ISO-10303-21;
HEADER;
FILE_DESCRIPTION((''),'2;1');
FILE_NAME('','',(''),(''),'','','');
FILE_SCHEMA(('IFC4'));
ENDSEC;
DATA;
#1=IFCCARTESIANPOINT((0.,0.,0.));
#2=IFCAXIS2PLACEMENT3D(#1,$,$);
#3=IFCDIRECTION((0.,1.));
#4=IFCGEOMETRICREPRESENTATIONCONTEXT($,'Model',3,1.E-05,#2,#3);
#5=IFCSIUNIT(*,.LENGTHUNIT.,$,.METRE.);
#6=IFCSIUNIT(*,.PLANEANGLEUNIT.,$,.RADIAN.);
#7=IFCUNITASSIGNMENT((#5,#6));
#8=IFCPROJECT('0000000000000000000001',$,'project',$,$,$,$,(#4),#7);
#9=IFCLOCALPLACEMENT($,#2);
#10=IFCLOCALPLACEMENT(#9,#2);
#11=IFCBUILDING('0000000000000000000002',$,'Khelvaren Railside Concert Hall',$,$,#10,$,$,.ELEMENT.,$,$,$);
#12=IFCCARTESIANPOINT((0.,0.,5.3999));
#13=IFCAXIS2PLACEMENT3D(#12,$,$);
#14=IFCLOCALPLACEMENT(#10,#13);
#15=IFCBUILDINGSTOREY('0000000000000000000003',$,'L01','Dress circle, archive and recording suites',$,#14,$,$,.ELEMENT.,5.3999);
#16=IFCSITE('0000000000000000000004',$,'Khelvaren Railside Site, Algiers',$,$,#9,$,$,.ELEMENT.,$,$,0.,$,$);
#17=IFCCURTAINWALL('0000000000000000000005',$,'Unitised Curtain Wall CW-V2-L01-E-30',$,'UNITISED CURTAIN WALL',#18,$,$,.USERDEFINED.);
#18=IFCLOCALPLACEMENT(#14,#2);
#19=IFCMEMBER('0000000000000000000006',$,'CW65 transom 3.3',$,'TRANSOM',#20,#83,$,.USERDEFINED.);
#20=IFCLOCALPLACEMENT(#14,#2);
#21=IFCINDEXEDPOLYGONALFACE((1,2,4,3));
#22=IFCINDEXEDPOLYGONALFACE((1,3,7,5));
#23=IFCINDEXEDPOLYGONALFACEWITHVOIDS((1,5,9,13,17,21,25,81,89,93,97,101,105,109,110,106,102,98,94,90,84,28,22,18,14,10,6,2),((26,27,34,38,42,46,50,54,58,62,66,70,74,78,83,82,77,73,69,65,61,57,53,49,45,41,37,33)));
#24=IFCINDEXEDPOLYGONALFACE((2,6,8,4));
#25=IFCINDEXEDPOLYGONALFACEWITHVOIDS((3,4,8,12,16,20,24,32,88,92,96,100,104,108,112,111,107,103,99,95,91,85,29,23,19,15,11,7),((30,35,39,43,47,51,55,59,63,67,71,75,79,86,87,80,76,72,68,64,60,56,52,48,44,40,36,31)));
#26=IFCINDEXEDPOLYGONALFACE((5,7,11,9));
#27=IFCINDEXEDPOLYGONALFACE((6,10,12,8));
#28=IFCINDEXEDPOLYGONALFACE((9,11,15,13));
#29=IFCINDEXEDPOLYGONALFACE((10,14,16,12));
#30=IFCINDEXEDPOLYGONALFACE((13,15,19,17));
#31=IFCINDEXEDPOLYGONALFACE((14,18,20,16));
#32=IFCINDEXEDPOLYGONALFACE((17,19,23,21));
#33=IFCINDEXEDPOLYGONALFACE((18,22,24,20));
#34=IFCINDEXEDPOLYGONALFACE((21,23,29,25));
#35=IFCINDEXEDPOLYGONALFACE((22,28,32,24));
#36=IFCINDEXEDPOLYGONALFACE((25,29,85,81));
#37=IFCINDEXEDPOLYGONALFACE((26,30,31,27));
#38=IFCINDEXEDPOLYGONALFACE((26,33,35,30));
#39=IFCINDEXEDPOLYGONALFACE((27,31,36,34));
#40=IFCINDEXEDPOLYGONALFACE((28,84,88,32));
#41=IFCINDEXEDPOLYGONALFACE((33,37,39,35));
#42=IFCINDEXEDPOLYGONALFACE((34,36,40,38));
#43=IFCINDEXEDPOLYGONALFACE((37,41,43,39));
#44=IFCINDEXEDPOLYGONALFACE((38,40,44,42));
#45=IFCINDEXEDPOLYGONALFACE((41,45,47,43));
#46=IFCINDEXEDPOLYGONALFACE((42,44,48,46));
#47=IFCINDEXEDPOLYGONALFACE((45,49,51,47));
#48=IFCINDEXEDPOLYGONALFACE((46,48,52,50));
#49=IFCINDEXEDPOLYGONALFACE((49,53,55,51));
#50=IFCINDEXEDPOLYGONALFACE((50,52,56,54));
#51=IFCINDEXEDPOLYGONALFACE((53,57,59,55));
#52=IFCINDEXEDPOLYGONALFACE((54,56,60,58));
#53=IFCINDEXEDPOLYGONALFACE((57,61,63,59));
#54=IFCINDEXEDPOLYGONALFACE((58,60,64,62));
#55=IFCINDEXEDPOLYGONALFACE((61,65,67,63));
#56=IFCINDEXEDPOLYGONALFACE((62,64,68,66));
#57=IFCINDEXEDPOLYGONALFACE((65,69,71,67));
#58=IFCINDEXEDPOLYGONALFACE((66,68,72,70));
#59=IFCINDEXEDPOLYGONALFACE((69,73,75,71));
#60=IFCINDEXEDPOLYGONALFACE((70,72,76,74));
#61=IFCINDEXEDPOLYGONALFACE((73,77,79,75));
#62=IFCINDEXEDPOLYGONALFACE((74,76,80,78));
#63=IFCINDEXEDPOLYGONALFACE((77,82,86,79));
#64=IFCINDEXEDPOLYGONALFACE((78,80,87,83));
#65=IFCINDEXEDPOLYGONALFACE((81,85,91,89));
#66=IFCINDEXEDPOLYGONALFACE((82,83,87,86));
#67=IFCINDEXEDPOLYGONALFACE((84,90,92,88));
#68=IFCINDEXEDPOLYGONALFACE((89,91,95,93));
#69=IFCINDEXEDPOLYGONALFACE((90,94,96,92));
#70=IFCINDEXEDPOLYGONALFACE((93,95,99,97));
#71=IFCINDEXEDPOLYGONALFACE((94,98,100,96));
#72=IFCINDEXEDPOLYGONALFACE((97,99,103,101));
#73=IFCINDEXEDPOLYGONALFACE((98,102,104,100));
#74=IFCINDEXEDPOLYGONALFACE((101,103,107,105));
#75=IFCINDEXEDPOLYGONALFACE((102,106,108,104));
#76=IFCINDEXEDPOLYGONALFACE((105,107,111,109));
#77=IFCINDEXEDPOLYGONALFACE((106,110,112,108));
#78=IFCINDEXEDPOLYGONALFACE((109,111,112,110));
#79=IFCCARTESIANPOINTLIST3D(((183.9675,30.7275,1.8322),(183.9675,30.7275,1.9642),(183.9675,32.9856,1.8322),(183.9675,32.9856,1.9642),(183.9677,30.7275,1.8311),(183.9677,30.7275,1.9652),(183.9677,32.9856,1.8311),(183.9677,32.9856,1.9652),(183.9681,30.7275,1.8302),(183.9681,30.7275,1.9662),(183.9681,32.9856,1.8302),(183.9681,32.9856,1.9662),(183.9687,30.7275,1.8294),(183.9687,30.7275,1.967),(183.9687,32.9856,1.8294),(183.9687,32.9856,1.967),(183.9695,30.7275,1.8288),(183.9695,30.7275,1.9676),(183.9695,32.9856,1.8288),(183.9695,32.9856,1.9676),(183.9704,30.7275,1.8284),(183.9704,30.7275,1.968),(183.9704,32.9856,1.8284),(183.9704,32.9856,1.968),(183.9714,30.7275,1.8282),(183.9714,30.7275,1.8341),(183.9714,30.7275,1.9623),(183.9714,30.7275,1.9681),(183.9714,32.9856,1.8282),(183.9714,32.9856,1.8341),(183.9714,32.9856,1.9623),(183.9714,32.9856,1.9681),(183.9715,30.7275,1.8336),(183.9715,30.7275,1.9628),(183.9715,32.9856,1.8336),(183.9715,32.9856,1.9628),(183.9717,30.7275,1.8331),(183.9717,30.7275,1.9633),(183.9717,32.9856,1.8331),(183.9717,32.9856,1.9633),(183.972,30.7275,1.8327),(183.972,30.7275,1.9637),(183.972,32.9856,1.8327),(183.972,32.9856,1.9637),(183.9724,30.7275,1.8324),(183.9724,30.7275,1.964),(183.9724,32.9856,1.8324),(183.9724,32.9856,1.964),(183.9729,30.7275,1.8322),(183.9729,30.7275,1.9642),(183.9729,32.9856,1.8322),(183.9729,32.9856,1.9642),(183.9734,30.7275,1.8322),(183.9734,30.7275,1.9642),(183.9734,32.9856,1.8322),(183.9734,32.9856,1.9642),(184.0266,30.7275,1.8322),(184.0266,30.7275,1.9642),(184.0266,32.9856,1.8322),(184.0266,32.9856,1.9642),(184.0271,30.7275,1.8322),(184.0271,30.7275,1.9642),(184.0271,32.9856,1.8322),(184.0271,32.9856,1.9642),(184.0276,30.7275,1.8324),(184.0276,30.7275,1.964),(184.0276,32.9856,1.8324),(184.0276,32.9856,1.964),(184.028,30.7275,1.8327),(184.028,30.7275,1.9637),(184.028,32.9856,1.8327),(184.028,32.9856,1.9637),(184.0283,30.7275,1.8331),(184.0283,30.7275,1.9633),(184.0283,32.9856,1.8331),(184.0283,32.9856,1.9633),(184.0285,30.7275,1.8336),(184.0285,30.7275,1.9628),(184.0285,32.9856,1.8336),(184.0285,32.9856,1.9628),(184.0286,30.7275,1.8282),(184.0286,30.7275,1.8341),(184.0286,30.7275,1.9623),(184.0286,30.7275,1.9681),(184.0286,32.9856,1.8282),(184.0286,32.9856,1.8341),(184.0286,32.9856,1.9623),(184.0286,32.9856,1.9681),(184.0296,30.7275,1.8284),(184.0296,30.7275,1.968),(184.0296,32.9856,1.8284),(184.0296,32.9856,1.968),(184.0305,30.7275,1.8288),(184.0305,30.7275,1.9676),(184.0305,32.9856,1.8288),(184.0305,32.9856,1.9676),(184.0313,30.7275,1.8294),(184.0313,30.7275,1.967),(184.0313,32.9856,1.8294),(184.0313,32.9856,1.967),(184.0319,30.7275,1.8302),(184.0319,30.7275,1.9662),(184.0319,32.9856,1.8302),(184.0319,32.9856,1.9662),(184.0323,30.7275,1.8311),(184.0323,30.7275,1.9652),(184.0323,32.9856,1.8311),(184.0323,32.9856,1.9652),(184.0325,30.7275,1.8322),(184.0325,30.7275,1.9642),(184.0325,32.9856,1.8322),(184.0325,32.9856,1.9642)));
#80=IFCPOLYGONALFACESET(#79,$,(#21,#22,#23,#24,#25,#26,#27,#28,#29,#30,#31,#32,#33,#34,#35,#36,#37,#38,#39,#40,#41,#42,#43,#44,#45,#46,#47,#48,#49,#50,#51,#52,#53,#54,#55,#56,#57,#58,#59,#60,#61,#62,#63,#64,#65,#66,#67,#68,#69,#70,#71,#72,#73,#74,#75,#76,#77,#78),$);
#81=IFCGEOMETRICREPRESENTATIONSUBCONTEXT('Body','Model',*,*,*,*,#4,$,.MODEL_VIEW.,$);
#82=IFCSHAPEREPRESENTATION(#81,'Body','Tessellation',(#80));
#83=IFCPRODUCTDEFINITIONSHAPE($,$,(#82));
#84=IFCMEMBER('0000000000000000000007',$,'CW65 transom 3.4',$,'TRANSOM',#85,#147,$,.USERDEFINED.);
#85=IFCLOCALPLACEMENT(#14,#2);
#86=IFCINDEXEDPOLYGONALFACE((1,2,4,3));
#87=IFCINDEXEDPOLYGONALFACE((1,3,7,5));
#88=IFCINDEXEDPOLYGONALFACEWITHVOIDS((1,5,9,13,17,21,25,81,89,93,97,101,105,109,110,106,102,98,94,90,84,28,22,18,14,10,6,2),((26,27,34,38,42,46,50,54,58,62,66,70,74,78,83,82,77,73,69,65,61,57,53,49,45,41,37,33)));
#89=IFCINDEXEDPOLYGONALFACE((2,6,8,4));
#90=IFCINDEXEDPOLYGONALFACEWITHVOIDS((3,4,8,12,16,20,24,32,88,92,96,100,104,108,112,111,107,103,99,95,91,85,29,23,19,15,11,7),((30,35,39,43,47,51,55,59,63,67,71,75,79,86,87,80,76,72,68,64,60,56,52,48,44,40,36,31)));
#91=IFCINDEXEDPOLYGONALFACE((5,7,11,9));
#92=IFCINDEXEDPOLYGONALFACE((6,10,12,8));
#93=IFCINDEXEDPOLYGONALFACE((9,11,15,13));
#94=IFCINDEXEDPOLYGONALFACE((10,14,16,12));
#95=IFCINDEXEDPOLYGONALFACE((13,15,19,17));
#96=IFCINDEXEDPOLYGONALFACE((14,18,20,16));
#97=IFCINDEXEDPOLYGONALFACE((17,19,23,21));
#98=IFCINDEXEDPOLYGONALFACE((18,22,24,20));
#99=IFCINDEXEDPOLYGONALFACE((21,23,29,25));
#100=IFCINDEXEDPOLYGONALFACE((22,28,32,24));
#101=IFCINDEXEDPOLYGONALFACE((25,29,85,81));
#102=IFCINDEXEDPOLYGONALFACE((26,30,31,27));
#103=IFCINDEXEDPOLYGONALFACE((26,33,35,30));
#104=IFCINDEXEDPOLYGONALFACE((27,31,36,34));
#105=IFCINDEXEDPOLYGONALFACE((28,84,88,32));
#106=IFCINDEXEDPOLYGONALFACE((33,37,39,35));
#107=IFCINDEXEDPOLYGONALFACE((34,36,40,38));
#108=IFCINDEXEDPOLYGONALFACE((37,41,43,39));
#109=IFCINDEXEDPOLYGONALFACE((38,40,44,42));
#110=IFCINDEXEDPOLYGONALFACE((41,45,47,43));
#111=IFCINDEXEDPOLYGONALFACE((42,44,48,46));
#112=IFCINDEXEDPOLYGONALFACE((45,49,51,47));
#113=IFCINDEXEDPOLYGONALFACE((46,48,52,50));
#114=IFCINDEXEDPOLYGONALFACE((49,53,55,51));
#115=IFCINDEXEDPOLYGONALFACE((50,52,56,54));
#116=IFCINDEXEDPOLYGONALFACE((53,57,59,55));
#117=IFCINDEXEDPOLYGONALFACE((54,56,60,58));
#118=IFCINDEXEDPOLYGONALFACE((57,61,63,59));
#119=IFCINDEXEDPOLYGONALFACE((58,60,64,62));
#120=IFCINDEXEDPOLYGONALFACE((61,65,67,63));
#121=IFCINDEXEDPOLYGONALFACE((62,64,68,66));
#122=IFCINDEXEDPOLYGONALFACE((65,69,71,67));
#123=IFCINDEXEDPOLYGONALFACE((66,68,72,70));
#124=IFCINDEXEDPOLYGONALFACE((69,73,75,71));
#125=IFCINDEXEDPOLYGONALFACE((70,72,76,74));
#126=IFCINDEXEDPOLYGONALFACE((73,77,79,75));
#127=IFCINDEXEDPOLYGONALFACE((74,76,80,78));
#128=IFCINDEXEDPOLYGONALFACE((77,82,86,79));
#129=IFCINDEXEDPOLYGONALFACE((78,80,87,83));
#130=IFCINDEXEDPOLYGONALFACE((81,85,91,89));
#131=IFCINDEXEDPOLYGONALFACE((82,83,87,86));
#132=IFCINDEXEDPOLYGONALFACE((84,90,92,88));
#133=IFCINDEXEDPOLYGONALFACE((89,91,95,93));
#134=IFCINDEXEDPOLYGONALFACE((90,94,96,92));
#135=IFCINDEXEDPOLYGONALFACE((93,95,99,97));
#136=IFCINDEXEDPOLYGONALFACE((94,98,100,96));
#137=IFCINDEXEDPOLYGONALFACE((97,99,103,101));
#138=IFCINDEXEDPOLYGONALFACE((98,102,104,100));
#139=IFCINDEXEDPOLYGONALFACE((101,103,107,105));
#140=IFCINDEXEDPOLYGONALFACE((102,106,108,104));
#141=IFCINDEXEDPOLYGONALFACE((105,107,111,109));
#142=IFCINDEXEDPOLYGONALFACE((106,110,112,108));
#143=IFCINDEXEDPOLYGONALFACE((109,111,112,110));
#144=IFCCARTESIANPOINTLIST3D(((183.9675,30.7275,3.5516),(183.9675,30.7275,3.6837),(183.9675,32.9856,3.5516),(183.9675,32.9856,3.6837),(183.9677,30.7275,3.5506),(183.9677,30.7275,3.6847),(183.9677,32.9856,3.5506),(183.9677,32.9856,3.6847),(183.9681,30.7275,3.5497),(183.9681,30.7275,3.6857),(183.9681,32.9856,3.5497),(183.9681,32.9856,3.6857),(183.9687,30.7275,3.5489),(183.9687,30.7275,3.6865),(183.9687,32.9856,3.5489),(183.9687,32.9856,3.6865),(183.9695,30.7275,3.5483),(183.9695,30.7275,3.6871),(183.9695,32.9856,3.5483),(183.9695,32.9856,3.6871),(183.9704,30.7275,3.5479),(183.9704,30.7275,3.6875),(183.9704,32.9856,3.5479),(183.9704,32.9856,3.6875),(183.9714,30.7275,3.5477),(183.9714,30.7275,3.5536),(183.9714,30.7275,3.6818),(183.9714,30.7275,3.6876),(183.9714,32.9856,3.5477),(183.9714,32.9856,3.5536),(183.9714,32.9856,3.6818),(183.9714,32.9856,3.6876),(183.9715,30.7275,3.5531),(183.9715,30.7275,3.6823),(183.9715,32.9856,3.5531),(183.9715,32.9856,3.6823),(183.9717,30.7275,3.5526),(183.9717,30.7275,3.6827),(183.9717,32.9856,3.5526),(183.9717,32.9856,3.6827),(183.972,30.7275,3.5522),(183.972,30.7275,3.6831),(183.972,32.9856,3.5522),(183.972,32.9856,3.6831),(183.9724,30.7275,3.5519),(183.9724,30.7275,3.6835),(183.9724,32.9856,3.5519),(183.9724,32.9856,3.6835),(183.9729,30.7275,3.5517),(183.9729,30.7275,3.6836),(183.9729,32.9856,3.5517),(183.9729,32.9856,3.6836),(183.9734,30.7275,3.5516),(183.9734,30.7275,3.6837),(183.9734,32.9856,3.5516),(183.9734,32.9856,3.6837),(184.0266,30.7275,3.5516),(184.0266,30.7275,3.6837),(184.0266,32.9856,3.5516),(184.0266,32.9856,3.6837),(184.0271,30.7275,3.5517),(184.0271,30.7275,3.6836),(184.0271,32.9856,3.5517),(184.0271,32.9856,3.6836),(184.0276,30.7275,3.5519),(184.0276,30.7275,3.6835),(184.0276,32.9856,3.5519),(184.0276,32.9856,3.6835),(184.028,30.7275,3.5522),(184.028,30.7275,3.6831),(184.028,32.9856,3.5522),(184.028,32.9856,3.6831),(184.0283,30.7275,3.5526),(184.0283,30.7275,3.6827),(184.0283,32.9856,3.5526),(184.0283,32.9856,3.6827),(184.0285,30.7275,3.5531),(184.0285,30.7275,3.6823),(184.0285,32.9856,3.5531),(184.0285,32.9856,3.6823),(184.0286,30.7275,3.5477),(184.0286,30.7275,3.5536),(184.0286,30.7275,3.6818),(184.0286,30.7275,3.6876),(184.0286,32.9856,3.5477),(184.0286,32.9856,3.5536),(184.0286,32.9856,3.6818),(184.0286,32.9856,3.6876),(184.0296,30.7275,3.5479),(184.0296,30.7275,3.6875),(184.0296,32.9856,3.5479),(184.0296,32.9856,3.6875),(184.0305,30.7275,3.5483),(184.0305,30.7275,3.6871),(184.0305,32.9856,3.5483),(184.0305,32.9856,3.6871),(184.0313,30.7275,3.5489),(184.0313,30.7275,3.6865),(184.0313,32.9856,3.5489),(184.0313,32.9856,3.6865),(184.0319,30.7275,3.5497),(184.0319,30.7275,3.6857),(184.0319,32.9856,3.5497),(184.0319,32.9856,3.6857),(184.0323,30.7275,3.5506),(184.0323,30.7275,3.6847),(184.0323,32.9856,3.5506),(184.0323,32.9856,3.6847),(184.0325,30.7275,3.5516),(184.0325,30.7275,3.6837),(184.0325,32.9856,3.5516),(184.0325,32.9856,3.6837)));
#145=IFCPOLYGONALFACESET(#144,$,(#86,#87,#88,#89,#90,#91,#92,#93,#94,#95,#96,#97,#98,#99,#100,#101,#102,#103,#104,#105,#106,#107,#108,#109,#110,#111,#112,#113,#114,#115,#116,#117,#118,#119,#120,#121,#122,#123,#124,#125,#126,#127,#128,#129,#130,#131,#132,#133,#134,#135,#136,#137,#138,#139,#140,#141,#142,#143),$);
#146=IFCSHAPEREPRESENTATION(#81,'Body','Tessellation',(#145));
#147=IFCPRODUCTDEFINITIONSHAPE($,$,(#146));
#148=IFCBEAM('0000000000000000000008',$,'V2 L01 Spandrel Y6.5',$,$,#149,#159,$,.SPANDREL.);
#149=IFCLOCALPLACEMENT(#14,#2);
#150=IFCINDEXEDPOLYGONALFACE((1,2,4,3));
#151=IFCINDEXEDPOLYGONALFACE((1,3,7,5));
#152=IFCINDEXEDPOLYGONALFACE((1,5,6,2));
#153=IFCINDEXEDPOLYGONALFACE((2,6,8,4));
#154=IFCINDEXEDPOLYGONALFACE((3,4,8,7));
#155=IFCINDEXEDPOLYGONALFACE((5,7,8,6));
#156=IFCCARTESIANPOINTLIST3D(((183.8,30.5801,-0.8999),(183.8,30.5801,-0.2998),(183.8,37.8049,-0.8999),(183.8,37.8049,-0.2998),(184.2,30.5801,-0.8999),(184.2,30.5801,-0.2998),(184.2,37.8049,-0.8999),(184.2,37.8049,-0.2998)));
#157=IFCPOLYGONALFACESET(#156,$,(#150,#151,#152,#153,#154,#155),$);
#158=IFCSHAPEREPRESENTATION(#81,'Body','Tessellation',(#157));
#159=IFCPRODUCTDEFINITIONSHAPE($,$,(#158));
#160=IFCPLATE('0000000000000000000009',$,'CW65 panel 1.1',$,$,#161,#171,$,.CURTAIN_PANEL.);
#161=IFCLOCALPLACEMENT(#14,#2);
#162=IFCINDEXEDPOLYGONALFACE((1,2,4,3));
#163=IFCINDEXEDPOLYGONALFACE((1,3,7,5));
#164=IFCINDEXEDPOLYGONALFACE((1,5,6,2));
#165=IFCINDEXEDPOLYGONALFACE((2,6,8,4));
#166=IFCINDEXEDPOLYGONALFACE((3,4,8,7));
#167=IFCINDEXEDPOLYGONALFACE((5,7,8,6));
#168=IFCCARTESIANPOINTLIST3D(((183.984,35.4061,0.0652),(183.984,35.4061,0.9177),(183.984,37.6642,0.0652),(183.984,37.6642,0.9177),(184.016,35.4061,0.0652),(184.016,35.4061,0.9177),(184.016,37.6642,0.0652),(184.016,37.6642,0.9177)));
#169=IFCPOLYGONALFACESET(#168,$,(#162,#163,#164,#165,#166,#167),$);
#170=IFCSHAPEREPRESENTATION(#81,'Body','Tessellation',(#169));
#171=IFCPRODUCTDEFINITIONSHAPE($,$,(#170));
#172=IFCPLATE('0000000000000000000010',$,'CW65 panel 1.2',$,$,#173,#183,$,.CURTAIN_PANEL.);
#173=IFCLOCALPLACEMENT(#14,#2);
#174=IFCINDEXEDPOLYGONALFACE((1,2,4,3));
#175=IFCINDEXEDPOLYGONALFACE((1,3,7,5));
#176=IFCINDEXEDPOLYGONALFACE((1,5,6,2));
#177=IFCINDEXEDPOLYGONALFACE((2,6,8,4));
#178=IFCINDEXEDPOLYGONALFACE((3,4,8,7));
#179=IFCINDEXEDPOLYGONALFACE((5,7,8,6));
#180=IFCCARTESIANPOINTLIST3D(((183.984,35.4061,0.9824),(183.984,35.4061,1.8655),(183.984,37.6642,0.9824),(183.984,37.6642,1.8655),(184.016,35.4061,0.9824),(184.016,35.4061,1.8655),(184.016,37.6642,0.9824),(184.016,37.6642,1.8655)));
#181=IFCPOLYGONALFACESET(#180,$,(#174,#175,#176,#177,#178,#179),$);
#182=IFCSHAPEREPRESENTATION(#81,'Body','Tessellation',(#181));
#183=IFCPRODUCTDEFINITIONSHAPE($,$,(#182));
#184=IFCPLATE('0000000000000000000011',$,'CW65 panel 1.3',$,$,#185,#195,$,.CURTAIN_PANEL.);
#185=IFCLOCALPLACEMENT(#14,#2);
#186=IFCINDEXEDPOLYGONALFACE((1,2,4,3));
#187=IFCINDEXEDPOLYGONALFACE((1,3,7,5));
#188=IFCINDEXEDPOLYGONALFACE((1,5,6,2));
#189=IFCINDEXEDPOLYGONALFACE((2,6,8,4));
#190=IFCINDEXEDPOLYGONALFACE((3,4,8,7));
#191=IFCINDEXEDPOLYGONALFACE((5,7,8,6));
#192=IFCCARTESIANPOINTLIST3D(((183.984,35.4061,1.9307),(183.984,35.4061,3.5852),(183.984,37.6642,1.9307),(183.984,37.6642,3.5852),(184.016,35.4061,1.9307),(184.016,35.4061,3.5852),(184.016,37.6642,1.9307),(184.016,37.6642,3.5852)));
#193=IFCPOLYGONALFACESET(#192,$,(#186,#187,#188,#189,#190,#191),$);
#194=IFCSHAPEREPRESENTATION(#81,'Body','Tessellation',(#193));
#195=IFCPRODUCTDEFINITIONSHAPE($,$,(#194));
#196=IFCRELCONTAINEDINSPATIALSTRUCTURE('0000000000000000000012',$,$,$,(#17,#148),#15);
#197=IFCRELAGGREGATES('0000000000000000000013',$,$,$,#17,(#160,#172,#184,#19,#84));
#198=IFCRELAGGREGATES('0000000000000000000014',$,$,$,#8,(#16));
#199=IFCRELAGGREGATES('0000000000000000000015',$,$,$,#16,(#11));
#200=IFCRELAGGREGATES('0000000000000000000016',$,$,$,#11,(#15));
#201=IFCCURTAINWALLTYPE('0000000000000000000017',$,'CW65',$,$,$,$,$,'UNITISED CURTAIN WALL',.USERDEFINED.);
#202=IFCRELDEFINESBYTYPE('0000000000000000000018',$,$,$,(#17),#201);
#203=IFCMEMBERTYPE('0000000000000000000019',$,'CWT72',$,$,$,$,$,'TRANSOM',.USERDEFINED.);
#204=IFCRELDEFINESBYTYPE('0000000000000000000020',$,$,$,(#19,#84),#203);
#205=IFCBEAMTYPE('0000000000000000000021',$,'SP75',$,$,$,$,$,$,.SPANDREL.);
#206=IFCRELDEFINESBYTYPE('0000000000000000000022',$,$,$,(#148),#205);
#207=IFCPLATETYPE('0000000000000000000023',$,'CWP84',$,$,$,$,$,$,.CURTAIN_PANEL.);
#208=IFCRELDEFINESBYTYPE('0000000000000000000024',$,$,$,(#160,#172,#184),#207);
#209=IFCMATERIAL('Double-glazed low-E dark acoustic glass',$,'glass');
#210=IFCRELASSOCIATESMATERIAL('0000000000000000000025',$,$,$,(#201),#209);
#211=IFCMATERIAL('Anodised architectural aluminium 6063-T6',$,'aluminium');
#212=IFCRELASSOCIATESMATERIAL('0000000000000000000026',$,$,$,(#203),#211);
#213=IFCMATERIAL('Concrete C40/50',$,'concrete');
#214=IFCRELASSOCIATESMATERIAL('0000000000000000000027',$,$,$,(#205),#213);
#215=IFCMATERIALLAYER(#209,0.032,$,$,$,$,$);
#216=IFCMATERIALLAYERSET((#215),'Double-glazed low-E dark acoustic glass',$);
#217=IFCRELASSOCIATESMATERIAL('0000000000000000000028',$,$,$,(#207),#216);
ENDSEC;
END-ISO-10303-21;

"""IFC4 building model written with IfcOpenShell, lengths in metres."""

from ifc_helpers import new_model, si_unit, direction, frame, origin, origin_2d, place, context, subcontext, project, spatial, rectangle, hollow_rectangle, extrude, material, layer, layer_set, material_profile, profile_set, type_object, element, aggregate, save


model = new_model("IFC4")

# Units and contexts
model_context = context("Model", 3, precision=1e-05, world=origin(), true_north=direction((0.0, 1.0)))
body_context = subcontext(model_context, "Body", "Model", "MODEL_VIEW")
ifc_project = project(units=[si_unit("LENGTHUNIT", "METRE"), si_unit("PLANEANGLEUNIT", "RADIAN")], contexts=[model_context])

# Site, building, storey
site_placement = place(None, origin())
site = spatial("IfcSite", under=ifc_project, at=site_placement, Name="Khelvaren Railside Site, Algiers", CompositionType="ELEMENT", RefElevation=0.0)
building_placement = place(site_placement, origin())
building = spatial("IfcBuilding", under=site, at=building_placement, Name="Khelvaren Railside Concert Hall", CompositionType="ELEMENT")
storey_placement = place(building_placement, frame((0.0, 0.0, 5.3999)))
storey = spatial("IfcBuildingStorey", under=building, at=storey_placement, Name="L01", Description="Dress circle, archive and recording suites", CompositionType="ELEMENT", Elevation=5.3999)

# Curtain wall, members
ifc_material_1 = material(Name="Double-glazed low-E dark acoustic glass", Category="glass")
curtain_wall_type = type_object("IfcCurtainWallType", Name="CW65", ElementType="UNITISED CURTAIN WALL", PredefinedType="USERDEFINED", material=ifc_material_1)
curtain_wall_placement = place(storey_placement, origin())
curtain_wall = element("IfcCurtainWall", 1, at=curtain_wall_placement, inside=storey, type_object=curtain_wall_type, Name="Unitised Curtain Wall CW-V2-L01-E-30", ObjectType="UNITISED CURTAIN WALL", PredefinedType="USERDEFINED")
ifc_material_2 = material(Name="Anodised architectural aluminium 6063-T6", Category="aluminium")
ifc_material_profile_1 = material_profile(ifc_material_2, hollow_rectangle(XDim=0.0649, YDim=0.1399, WallThickness=0.0039, InnerFilletRadius=0.002, OuterFilletRadius=0.0039, at=origin_2d()), Name="CWT 65x140x4")
ifc_profile_set_1 = profile_set([ifc_material_profile_1], Name="Anodised architectural aluminium 6063-T6")
member_type_1 = type_object("IfcMemberType", Name="CWT72", ElementType="TRANSOM", PredefinedType="USERDEFINED", material=ifc_profile_set_1)
member_1_placement = place(storey_placement, frame((184.0, 32.9856, 1.8982), z_axis=(0.0, -1.0, 0.0), x_axis=(1.0, 0.0, 0.0)))
member_1 = element("IfcMember", 2, at=member_1_placement, type_object=member_type_1, Name="CW65 transom 3.3", ObjectType="TRANSOM", PredefinedType="USERDEFINED", context=body_context, shape_type="SweptSolid", body=[
    extrude(hollow_rectangle(XDim=0.0649, YDim=0.1399, WallThickness=0.0039, InnerFilletRadius=0.002, OuterFilletRadius=0.0039, at=origin_2d()), origin(), (0.0, 0.0, 1.0), 2.2581),
])
member_2_placement = place(storey_placement, frame((184.0, 32.9856, 3.6177), z_axis=(0.0, -1.0, 0.0), x_axis=(1.0, 0.0, 0.0)))
member_2 = element("IfcMember", 3, at=member_2_placement, type_object=member_type_1, Name="CW65 transom 3.4", ObjectType="TRANSOM", PredefinedType="USERDEFINED", context=body_context, shape_type="SweptSolid", body=[
    extrude(hollow_rectangle(XDim=0.0649, YDim=0.1399, WallThickness=0.0039, InnerFilletRadius=0.002, OuterFilletRadius=0.0039, at=origin_2d()), origin(), (0.0, 0.0, 1.0), 2.2581),
])

# Beam
ifc_material_3 = material(Name="Concrete C40/50", Category="concrete")
ifc_material_profile_2 = material_profile(ifc_material_3, rectangle(XDim=0.3999, YDim=0.6001, at=origin_2d()), Name="RCB 400x600")
ifc_profile_set_2 = profile_set([ifc_material_profile_2], Name="Concrete C40/50")
beam_type = type_object("IfcBeamType", Name="SP75", PredefinedType="SPANDREL", material=ifc_profile_set_2)
beam_placement = place(storey_placement, frame((184.0, 30.5801, -0.5999), z_axis=(0.0, 1.0, 0.0), x_axis=(-1.0, 0.0, 0.0)))
element("IfcBeam", 4, at=beam_placement, inside=storey, type_object=beam_type, Name="V2 L01 Spandrel Y6.5", PredefinedType="SPANDREL", context=body_context, shape_type="SweptSolid", body=[
    extrude(rectangle(XDim=0.3999, YDim=0.6001, at=origin_2d()), origin(), (0.0, 0.0, 1.0), 7.2249),
])

# Plates
ifc_layer = layer(ifc_material_1, 0.032)
ifc_layer_set = layer_set([ifc_layer], Name="Double-glazed low-E dark acoustic glass")
plate_type = type_object("IfcPlateType", Name="CWP84", PredefinedType="CURTAIN_PANEL", material=ifc_layer_set)
plate_1_placement = place(storey_placement, frame((184.0, 36.5352, 0.0652), z_axis=(0.0, 0.0, 1.0), x_axis=(0.0, -1.0, 0.0)))
plate_1 = element("IfcPlate", 5, at=plate_1_placement, type_object=plate_type, Name="CW65 panel 1.1", PredefinedType="CURTAIN_PANEL", context=body_context, shape_type="SweptSolid", body=[
    extrude(rectangle(XDim=2.2581, YDim=0.032, at=origin_2d()), origin(), (0.0, 0.0, 1.0), 0.8525),
])
plate_2_placement = place(storey_placement, frame((184.0, 36.5352, 0.9824), z_axis=(0.0, 0.0, 1.0), x_axis=(0.0, -1.0, 0.0)))
plate_2 = element("IfcPlate", 6, at=plate_2_placement, type_object=plate_type, Name="CW65 panel 1.2", PredefinedType="CURTAIN_PANEL", context=body_context, shape_type="SweptSolid", body=[
    extrude(rectangle(XDim=2.2581, YDim=0.032, at=origin_2d()), origin(), (0.0, 0.0, 1.0), 0.8831),
])
plate_3_placement = place(storey_placement, frame((184.0, 36.5352, 1.9307), z_axis=(0.0, 0.0, 1.0), x_axis=(0.0, -1.0, 0.0)))
plate_3 = element("IfcPlate", 7, at=plate_3_placement, type_object=plate_type, Name="CW65 panel 1.3", PredefinedType="CURTAIN_PANEL", context=body_context, shape_type="SweptSolid", body=[
    extrude(rectangle(XDim=2.2581, YDim=0.032, at=origin_2d()), origin(), (0.0, 0.0, 1.0), 1.6545),
])
aggregate(curtain_wall, [plate_1, plate_2, plate_3, member_1, member_2])

save(model, "model.ifc")
